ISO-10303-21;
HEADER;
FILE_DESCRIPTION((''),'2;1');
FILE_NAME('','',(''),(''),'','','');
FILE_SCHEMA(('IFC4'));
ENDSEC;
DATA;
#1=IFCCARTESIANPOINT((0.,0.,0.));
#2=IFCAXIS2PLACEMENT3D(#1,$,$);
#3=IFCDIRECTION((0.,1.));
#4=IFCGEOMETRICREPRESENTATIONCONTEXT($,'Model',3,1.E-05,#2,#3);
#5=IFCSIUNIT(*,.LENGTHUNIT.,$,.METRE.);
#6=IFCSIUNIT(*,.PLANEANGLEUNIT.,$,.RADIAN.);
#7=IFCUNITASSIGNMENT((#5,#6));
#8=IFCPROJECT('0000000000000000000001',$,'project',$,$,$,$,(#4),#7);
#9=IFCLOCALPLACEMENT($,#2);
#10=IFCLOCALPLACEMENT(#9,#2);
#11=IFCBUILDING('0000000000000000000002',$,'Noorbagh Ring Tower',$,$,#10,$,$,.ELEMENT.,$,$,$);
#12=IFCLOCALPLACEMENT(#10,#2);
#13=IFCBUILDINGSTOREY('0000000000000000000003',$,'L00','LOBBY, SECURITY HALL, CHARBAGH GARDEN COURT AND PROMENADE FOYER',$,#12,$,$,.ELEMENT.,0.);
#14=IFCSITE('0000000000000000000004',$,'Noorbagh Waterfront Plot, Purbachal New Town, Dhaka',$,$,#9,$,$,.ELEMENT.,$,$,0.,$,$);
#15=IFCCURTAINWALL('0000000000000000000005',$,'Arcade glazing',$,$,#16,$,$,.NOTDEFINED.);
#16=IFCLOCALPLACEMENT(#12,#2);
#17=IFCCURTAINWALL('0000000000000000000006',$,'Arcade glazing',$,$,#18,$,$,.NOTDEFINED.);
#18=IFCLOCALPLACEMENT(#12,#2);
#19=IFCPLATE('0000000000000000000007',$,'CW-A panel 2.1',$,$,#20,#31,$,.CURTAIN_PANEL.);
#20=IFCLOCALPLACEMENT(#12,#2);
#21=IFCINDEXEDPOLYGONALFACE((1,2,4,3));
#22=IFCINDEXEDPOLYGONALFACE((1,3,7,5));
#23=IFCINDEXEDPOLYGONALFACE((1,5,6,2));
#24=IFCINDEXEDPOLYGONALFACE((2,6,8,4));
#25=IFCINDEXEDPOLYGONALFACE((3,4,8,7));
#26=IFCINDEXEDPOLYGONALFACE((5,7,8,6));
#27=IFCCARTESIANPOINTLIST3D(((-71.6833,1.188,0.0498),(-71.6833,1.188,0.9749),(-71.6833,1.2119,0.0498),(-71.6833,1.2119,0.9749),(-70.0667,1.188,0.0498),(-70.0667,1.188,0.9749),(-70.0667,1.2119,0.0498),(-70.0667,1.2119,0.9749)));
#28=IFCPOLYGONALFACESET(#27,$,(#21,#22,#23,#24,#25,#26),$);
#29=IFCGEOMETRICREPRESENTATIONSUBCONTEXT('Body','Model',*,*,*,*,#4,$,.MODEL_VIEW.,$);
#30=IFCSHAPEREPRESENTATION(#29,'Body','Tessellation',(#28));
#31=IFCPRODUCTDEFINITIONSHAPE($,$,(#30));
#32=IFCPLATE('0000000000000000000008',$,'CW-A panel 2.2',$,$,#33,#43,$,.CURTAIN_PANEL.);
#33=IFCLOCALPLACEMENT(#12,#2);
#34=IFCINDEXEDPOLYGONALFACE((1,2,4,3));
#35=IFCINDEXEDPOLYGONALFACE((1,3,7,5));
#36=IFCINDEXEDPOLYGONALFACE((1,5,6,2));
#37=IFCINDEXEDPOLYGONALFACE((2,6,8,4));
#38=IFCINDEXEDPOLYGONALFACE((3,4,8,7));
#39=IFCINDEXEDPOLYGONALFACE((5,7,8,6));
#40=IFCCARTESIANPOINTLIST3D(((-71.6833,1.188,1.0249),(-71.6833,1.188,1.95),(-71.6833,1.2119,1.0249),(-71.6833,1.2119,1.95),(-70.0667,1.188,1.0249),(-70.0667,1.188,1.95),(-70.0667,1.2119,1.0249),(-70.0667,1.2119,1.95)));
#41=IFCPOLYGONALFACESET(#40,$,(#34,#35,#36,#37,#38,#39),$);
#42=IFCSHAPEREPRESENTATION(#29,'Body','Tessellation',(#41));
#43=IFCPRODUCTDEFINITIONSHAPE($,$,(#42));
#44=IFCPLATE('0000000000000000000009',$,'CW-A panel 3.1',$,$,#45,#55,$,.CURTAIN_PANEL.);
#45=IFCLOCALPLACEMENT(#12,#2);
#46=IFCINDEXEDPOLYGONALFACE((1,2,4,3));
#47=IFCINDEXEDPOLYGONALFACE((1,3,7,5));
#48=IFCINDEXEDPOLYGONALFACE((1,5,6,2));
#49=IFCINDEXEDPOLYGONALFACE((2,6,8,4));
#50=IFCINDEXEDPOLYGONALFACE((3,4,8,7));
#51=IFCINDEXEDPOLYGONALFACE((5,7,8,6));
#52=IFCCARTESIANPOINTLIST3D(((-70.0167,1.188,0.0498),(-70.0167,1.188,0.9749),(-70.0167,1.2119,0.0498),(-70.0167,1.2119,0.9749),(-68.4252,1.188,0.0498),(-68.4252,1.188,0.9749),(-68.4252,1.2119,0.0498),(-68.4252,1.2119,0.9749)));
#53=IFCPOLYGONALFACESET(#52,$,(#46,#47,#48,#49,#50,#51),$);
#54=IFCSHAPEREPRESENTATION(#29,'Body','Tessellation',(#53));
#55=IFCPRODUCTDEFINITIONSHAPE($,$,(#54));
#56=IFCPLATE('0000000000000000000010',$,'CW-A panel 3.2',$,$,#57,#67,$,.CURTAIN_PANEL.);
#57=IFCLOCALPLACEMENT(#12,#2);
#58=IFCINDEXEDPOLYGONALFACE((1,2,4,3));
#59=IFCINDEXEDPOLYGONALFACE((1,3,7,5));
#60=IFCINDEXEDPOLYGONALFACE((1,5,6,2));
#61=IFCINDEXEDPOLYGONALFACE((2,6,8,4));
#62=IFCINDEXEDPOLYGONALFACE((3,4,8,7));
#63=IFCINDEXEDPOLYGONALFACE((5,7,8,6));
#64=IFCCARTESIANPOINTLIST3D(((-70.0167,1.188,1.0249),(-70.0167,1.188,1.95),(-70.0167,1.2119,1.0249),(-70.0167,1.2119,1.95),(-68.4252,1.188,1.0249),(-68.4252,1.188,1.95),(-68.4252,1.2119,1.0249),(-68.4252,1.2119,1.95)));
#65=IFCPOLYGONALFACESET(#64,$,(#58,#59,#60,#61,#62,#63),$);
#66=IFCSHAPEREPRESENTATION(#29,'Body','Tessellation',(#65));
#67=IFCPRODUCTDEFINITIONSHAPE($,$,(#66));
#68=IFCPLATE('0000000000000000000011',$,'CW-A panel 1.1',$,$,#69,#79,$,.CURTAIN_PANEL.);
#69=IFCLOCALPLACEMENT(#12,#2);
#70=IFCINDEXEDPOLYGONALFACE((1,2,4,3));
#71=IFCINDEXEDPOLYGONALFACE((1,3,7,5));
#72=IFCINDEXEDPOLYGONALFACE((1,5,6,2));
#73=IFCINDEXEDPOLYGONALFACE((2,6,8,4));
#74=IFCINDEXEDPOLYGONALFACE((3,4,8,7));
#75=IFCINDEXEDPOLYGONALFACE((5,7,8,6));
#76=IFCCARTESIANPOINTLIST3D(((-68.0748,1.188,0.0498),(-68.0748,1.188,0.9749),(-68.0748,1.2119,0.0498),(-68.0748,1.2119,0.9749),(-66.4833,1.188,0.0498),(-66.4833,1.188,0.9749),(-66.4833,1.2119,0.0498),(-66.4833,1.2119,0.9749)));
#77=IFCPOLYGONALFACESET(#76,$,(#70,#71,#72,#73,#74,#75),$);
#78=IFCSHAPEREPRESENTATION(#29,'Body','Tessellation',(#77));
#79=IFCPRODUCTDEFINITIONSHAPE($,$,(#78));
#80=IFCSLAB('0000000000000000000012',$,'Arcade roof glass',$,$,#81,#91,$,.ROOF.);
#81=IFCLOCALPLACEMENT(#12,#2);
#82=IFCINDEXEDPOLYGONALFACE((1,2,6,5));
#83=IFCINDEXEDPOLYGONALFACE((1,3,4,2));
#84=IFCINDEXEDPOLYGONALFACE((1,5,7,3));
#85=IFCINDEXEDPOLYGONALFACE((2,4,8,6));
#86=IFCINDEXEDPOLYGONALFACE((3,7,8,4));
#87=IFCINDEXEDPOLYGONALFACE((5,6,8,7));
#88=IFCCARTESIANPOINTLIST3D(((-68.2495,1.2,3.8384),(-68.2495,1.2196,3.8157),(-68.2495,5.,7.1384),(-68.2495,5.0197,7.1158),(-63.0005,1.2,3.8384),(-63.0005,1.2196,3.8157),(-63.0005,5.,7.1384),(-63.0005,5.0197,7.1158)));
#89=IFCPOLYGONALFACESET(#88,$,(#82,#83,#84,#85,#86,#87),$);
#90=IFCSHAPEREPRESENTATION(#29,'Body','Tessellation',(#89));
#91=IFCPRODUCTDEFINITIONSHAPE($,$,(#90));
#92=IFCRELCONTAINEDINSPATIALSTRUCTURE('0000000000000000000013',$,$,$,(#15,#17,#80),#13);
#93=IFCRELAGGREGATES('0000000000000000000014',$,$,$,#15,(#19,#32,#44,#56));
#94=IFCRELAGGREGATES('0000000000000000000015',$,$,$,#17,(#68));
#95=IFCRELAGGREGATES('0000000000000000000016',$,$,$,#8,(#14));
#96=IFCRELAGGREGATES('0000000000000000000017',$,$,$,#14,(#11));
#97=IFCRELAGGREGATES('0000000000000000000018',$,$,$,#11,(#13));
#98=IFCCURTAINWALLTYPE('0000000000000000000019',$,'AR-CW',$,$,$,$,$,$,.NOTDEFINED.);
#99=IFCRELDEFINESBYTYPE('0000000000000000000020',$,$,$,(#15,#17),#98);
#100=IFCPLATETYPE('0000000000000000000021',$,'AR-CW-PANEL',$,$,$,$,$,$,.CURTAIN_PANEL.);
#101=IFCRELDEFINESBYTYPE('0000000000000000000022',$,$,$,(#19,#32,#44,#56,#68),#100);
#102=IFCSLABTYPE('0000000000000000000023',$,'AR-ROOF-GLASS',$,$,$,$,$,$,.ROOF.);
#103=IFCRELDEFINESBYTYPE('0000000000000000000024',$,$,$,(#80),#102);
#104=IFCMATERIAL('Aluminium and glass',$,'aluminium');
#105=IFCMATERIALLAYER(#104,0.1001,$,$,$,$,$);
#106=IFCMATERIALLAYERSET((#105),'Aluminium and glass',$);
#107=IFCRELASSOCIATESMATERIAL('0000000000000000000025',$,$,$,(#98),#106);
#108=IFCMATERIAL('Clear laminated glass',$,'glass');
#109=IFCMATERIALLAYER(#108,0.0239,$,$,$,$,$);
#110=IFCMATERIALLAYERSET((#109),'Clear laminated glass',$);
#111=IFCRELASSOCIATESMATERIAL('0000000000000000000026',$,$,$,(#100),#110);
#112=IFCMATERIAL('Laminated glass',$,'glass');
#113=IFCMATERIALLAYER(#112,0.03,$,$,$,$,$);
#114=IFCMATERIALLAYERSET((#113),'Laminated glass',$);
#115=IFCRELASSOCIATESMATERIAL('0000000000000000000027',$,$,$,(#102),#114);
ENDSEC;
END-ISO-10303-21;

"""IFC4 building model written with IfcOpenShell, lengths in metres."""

from ifc_helpers import new_model, si_unit, direction, frame, origin, origin_2d, place, context, subcontext, project, spatial, polyline, rectangle, outline, extrude, material, layer, layer_set, type_object, element, aggregate, save


model = new_model("IFC4")

# Units and contexts
model_context = context("Model", 3, precision=1e-05, world=origin(), true_north=direction((0.0, 1.0)))
body_context = subcontext(model_context, "Body", "Model", "MODEL_VIEW")
ifc_project = project(units=[si_unit("LENGTHUNIT", "METRE"), si_unit("PLANEANGLEUNIT", "RADIAN")], contexts=[model_context])

# Site, building, storey
site_placement = place(None, origin())
site = spatial("IfcSite", under=ifc_project, at=site_placement, Name="Noorbagh Waterfront Plot, Purbachal New Town, Dhaka", CompositionType="ELEMENT", RefElevation=0.0)
building_placement = place(site_placement, origin())
building = spatial("IfcBuilding", under=site, at=building_placement, Name="Noorbagh Ring Tower", CompositionType="ELEMENT")
storey_placement = place(building_placement, origin())
storey = spatial("IfcBuildingStorey", under=building, at=storey_placement, Name="L00", Description="LOBBY, SECURITY HALL, CHARBAGH GARDEN COURT AND PROMENADE FOYER", CompositionType="ELEMENT", Elevation=0.0)

# Curtain wall
ifc_material_1 = material(Name="Aluminium and glass", Category="aluminium")
ifc_layer_1 = layer(ifc_material_1, 0.1001)
ifc_layer_set_1 = layer_set([ifc_layer_1], Name="Aluminium and glass")
curtain_wall_type = type_object("IfcCurtainWallType", Name="AR-CW", PredefinedType="NOTDEFINED", material=ifc_layer_set_1)
curtain_wall_1_placement = place(storey_placement, origin())
curtain_wall_1 = element("IfcCurtainWall", 1, at=curtain_wall_1_placement, inside=storey, type_object=curtain_wall_type, Name="Arcade glazing", PredefinedType="NOTDEFINED")

# Curtain wall
curtain_wall_2_placement = place(storey_placement, origin())
curtain_wall_2 = element("IfcCurtainWall", 2, at=curtain_wall_2_placement, inside=storey, type_object=curtain_wall_type, Name="Arcade glazing", PredefinedType="NOTDEFINED")

# Plates
ifc_material_2 = material(Name="Clear laminated glass", Category="glass")
ifc_layer_2 = layer(ifc_material_2, 0.0239)
ifc_layer_set_2 = layer_set([ifc_layer_2], Name="Clear laminated glass")
plate_type = type_object("IfcPlateType", Name="AR-CW-PANEL", PredefinedType="CURTAIN_PANEL", material=ifc_layer_set_2)
plate_1_placement = place(storey_placement, frame((-70.875, 1.2, 0.0498), z_axis=(0.0, 0.0, 1.0), x_axis=(1.0, 0.0, 0.0)))
plate_1 = element("IfcPlate", 3, at=plate_1_placement, type_object=plate_type, Name="CW-A panel 2.1", PredefinedType="CURTAIN_PANEL", context=body_context, shape_type="SweptSolid", body=[
    extrude(rectangle(XDim=1.6167, YDim=0.0239, at=origin_2d()), origin(), (0.0, 0.0, 1.0), 0.925),
])
plate_2_placement = place(storey_placement, frame((-70.875, 1.2, 1.0249), z_axis=(0.0, 0.0, 1.0), x_axis=(1.0, 0.0, 0.0)))
plate_2 = element("IfcPlate", 4, at=plate_2_placement, type_object=plate_type, Name="CW-A panel 2.2", PredefinedType="CURTAIN_PANEL", context=body_context, shape_type="SweptSolid", body=[
    extrude(rectangle(XDim=1.6167, YDim=0.0239, at=origin_2d()), origin(), (0.0, 0.0, 1.0), 0.925),
])
plate_3_placement = place(storey_placement, frame((-69.2209, 1.2, 0.0498), z_axis=(0.0, 0.0, 1.0), x_axis=(1.0, 0.0, 0.0)))
plate_3 = element("IfcPlate", 5, at=plate_3_placement, type_object=plate_type, Name="CW-A panel 3.1", PredefinedType="CURTAIN_PANEL", context=body_context, shape_type="SweptSolid", body=[
    extrude(rectangle(XDim=1.5916, YDim=0.0239, at=origin_2d()), origin(), (0.0, 0.0, 1.0), 0.925),
])
plate_4_placement = place(storey_placement, frame((-69.2209, 1.2, 1.0249), z_axis=(0.0, 0.0, 1.0), x_axis=(1.0, 0.0, 0.0)))
plate_4 = element("IfcPlate", 6, at=plate_4_placement, type_object=plate_type, Name="CW-A panel 3.2", PredefinedType="CURTAIN_PANEL", context=body_context, shape_type="SweptSolid", body=[
    extrude(rectangle(XDim=1.5916, YDim=0.0239, at=origin_2d()), origin(), (0.0, 0.0, 1.0), 0.925),
])
aggregate(curtain_wall_1, [plate_1, plate_2, plate_3, plate_4])
plate_5_placement = place(storey_placement, frame((-67.2791, 1.2, 0.0498), z_axis=(0.0, 0.0, 1.0), x_axis=(1.0, 0.0, 0.0)))
plate_5 = element("IfcPlate", 7, at=plate_5_placement, type_object=plate_type, Name="CW-A panel 1.1", PredefinedType="CURTAIN_PANEL", context=body_context, shape_type="SweptSolid", body=[
    extrude(rectangle(XDim=1.5916, YDim=0.0239, at=origin_2d()), origin(), (0.0, 0.0, 1.0), 0.925),
])
aggregate(curtain_wall_2, [plate_5])

# Slab
ifc_material_3 = material(Name="Laminated glass", Category="glass")
ifc_layer_3 = layer(ifc_material_3, 0.03)
ifc_layer_set_3 = layer_set([ifc_layer_3], Name="Laminated glass")
slab_type = type_object("IfcSlabType", Name="AR-ROOF-GLASS", PredefinedType="ROOF", material=ifc_layer_set_3)
slab_placement = place(storey_placement, frame((-68.2495, 1.2, 3.8384), z_axis=(0.0, -0.655687, 0.755032), x_axis=(1.0, 0.0, 0.0)))
element("IfcSlab", 8, at=slab_placement, inside=storey, type_object=slab_type, Name="Arcade roof glass", PredefinedType="ROOF", context=body_context, shape_type="SweptSolid", body=[
    extrude(outline(polyline([(0.0, 0.0), (5.249, 0.0), (5.249, 5.033), (0.0, 5.033), (0.0, 0.0)])), origin(), (0.0, 0.0, -1.0), 0.03),
])

save(model, "model.ifc")
